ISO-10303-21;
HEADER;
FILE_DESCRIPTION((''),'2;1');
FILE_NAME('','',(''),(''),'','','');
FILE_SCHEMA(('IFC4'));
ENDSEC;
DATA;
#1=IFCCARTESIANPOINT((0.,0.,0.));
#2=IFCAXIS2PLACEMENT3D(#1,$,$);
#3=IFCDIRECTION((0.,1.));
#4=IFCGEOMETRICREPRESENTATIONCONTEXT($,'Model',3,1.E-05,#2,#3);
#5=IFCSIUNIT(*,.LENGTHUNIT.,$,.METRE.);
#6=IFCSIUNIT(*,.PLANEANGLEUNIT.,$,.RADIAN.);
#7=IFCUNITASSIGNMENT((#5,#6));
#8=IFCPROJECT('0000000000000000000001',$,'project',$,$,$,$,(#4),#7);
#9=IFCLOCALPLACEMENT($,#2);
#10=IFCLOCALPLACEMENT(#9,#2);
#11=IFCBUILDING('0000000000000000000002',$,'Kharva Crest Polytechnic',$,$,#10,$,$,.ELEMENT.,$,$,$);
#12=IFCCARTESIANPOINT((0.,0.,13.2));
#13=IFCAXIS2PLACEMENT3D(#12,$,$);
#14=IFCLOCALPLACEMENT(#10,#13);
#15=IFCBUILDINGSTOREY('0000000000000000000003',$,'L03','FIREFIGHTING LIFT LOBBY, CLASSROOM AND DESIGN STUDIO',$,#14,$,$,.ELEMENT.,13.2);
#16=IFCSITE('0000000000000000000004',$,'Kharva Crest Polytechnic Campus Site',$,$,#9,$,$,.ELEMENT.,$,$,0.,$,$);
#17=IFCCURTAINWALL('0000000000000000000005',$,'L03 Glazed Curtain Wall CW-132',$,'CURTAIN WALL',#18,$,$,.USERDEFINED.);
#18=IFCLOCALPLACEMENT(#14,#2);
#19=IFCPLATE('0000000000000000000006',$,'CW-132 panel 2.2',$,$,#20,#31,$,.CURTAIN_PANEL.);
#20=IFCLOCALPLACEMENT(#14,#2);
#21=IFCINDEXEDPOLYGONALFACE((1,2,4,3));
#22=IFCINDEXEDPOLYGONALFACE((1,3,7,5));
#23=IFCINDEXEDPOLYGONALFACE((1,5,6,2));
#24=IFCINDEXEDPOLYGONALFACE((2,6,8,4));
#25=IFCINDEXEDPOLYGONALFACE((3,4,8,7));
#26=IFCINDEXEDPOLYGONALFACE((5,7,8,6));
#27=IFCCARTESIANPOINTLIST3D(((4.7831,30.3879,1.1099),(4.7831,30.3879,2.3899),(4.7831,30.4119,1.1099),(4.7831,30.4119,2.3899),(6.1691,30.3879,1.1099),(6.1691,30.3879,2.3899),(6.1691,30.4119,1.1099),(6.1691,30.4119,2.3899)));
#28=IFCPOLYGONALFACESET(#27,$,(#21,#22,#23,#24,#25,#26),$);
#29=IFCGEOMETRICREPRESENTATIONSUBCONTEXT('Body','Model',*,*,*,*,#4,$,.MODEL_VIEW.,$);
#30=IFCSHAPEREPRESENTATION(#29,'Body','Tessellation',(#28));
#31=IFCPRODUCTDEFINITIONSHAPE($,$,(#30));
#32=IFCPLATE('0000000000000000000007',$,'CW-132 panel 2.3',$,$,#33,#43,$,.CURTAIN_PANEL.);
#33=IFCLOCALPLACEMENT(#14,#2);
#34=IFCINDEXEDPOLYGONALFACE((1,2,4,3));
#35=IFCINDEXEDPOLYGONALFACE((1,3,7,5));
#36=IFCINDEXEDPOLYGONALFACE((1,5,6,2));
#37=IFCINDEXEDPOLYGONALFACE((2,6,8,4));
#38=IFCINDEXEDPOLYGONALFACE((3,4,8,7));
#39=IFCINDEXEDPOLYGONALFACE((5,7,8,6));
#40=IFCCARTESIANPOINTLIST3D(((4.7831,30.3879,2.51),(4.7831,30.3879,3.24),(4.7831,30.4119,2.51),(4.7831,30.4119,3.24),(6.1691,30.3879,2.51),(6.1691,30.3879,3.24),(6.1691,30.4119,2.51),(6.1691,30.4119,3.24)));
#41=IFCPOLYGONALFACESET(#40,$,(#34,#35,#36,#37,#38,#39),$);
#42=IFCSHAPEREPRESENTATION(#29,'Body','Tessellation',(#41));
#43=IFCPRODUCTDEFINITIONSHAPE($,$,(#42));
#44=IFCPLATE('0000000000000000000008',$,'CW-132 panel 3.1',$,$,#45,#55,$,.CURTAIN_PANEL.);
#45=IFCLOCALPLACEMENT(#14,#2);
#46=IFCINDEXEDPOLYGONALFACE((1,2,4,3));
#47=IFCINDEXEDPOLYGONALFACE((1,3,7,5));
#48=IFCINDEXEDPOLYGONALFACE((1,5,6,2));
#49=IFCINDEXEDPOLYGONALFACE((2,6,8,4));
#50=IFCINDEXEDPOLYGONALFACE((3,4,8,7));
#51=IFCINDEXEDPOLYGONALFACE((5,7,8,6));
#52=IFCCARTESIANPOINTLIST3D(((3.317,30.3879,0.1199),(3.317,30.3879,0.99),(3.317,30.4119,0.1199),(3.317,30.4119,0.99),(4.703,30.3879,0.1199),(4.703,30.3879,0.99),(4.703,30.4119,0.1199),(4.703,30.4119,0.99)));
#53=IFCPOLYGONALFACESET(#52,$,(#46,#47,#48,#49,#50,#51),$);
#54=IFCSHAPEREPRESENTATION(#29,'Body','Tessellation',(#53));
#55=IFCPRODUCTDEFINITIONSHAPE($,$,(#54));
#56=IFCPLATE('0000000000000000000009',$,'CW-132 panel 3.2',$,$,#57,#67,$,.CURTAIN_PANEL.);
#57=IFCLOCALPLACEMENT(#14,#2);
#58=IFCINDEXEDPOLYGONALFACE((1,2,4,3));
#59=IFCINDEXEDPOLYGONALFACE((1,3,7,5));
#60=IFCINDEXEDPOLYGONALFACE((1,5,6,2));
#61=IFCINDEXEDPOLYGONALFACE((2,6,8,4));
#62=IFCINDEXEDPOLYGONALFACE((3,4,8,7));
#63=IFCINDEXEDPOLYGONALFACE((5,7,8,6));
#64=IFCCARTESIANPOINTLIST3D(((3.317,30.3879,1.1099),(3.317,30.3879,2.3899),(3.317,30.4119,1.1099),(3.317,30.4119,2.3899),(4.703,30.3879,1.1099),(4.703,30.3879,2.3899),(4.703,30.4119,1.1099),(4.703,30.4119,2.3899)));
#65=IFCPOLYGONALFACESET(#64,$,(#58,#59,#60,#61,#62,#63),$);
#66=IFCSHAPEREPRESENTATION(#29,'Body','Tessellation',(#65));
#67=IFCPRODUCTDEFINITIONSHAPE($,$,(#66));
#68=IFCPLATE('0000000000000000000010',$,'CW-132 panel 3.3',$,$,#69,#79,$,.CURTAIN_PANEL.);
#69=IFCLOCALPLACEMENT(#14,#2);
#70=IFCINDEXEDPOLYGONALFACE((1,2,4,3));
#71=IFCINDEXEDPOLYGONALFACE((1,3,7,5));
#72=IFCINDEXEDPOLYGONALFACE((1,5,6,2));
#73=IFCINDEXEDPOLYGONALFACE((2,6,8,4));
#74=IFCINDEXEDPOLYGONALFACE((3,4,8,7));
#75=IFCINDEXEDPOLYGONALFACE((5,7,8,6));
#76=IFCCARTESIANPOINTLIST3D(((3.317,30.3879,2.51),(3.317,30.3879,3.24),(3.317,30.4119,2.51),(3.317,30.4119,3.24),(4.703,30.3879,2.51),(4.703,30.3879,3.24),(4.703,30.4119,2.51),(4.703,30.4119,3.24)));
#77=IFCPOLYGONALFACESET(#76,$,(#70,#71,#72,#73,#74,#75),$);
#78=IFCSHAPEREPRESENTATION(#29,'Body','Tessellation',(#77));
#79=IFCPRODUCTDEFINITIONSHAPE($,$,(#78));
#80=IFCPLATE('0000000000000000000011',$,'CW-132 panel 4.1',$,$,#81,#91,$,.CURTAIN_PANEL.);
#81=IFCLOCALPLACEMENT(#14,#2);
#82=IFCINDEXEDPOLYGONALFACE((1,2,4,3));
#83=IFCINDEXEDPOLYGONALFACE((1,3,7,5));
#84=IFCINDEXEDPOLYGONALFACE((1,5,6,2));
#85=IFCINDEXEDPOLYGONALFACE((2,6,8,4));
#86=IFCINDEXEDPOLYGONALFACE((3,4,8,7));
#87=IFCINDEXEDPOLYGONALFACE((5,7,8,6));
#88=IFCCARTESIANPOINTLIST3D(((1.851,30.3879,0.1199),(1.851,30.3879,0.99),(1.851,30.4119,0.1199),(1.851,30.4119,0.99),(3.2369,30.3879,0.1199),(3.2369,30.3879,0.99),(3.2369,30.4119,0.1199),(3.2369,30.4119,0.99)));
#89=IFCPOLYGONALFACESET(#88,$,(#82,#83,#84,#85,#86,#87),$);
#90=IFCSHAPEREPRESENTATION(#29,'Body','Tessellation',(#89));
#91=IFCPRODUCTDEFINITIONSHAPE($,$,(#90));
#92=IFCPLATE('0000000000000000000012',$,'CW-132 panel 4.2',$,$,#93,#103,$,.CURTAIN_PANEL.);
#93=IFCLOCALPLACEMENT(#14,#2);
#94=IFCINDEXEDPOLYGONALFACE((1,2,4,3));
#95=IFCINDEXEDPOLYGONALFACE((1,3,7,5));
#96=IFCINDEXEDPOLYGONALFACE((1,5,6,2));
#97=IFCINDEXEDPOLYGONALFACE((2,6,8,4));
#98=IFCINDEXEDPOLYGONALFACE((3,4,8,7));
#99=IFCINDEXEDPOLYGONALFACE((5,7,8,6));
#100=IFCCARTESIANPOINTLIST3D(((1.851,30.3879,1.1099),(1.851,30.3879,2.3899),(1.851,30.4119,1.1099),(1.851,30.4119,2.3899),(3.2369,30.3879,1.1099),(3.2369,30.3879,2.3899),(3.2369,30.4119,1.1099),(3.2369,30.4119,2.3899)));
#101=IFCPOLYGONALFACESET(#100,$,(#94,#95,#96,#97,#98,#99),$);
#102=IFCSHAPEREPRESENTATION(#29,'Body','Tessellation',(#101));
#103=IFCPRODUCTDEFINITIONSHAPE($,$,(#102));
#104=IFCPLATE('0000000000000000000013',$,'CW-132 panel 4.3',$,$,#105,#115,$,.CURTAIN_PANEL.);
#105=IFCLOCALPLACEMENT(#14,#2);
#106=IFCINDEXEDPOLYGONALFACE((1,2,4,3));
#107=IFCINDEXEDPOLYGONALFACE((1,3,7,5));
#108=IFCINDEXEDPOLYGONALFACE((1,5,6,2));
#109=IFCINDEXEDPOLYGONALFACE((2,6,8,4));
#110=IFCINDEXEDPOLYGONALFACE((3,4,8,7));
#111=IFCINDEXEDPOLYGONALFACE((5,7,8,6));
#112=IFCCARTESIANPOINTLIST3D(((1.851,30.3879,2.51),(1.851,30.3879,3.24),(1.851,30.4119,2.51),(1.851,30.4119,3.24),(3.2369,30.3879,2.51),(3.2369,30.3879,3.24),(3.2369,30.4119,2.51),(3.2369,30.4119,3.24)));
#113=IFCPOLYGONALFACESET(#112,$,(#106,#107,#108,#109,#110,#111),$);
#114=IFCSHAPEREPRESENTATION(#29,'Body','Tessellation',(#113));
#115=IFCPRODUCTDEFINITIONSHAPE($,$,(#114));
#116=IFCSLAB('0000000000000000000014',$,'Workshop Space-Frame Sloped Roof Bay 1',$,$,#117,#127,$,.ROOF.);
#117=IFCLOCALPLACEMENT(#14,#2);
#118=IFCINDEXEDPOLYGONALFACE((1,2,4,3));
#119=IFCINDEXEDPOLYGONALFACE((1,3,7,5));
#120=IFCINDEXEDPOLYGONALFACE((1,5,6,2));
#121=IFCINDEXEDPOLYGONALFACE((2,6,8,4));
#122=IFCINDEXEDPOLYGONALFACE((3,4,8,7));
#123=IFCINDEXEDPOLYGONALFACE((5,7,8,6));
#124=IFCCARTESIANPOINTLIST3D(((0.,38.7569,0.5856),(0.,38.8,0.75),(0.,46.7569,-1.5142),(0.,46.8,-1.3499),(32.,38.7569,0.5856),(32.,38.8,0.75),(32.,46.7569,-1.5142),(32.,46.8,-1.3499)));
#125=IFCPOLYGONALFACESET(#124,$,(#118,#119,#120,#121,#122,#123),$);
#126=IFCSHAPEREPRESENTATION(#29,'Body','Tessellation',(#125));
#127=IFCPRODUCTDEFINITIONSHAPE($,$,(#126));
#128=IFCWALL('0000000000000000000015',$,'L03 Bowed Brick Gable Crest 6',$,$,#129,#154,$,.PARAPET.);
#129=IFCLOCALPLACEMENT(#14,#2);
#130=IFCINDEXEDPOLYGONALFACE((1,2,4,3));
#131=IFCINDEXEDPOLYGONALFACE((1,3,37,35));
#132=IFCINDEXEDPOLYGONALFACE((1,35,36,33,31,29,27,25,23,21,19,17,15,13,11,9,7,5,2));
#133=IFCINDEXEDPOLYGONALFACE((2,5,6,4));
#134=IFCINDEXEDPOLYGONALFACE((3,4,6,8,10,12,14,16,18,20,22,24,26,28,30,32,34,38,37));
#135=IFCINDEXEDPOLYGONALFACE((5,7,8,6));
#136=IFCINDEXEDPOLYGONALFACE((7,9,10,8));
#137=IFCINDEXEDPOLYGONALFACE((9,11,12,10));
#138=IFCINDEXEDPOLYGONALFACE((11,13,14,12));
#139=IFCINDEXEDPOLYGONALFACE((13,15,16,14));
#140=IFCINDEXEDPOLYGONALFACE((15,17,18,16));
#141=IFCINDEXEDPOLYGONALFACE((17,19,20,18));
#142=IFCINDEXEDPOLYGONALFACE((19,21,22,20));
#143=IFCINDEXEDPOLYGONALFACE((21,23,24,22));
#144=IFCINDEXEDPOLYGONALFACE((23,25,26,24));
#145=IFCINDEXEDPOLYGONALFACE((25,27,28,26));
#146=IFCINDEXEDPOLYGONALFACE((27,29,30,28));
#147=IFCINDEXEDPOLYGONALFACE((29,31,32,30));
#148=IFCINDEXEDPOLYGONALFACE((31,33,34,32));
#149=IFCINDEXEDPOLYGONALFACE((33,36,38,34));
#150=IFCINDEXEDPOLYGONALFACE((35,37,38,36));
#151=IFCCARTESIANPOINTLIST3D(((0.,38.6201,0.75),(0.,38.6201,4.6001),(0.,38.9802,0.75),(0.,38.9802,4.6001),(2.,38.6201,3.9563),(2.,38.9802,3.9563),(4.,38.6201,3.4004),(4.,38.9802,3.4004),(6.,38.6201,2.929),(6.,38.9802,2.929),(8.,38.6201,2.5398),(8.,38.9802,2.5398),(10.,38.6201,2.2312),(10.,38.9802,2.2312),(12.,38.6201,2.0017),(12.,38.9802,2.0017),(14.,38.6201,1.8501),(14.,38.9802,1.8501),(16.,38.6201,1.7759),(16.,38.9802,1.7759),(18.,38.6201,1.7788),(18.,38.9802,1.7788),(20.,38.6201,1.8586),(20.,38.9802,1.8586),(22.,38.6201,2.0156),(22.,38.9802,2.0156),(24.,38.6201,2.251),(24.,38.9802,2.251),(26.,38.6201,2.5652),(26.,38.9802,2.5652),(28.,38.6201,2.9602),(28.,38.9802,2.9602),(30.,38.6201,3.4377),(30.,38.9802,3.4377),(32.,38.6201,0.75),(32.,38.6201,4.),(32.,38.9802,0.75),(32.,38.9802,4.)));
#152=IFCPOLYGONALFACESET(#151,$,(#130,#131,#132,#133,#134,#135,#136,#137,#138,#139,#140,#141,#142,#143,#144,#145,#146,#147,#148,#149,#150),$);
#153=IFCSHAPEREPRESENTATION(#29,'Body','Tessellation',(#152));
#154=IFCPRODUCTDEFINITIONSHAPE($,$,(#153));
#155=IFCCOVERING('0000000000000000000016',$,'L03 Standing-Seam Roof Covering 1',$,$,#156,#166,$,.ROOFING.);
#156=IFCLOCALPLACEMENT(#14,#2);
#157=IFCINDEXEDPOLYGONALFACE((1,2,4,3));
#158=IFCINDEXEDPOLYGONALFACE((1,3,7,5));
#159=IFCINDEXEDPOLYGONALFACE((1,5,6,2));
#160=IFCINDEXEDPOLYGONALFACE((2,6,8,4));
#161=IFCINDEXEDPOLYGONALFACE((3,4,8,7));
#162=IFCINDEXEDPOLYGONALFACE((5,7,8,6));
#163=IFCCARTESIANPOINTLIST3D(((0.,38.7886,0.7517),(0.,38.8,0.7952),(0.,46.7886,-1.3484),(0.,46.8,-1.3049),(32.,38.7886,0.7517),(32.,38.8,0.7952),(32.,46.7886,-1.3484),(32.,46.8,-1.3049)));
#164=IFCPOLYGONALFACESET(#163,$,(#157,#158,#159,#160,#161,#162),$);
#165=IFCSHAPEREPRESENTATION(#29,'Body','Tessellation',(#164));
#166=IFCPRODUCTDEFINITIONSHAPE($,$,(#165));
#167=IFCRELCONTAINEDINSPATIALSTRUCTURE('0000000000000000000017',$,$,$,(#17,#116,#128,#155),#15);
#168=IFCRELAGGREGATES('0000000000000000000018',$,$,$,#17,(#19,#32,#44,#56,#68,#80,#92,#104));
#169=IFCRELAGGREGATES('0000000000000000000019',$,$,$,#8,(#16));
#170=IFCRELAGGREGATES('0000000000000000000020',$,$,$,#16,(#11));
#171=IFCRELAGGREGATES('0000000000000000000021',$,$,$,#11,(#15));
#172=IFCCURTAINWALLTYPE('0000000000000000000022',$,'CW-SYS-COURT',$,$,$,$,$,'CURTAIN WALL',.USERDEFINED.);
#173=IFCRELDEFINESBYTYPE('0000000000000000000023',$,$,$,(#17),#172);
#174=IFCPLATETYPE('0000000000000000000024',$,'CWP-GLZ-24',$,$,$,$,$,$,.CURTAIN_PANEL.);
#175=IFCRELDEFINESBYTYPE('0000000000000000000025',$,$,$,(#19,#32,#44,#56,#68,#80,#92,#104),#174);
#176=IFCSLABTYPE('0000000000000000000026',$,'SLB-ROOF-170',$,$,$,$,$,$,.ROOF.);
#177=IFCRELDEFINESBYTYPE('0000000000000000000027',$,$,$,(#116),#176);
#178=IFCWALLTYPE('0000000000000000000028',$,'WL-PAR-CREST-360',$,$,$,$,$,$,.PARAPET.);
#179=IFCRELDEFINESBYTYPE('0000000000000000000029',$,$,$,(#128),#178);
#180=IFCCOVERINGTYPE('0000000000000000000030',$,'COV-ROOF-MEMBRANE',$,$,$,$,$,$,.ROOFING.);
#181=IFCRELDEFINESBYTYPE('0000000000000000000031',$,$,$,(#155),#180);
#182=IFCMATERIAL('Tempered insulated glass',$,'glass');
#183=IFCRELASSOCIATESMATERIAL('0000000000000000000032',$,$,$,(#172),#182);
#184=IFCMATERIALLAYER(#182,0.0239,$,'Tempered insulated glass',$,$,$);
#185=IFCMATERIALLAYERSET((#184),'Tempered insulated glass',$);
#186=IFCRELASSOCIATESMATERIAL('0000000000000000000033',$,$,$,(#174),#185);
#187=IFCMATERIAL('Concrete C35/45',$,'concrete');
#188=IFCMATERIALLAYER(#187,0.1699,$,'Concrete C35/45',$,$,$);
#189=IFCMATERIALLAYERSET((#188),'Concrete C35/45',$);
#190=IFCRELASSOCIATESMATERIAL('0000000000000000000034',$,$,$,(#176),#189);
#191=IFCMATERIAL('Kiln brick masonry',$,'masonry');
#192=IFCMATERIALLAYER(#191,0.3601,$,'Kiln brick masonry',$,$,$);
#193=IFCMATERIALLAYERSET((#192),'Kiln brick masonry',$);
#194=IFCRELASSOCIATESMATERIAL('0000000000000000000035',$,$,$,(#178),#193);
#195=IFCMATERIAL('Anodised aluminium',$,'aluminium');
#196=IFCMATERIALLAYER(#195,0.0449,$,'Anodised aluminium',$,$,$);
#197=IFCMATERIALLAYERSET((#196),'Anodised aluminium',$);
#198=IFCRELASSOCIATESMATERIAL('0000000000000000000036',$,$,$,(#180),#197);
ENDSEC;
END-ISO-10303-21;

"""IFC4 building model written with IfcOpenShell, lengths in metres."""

from ifc_helpers import new_model, si_unit, direction, frame, origin, origin_2d, place, context, subcontext, project, spatial, polyline, rectangle, outline, extrude, material, layer, layer_set, type_object, element, aggregate, save


model = new_model("IFC4")

# Units and contexts
model_context = context("Model", 3, precision=1e-05, world=origin(), true_north=direction((0.0, 1.0)))
body_context = subcontext(model_context, "Body", "Model", "MODEL_VIEW")
ifc_project = project(units=[si_unit("LENGTHUNIT", "METRE"), si_unit("PLANEANGLEUNIT", "RADIAN")], contexts=[model_context])

# Site, building, storey
site_placement = place(None, origin())
site = spatial("IfcSite", under=ifc_project, at=site_placement, Name="Kharva Crest Polytechnic Campus Site", CompositionType="ELEMENT", RefElevation=0.0)
building_placement = place(site_placement, origin())
building = spatial("IfcBuilding", under=site, at=building_placement, Name="Kharva Crest Polytechnic", CompositionType="ELEMENT")
storey_placement = place(building_placement, frame((0.0, 0.0, 13.2)))
storey = spatial("IfcBuildingStorey", under=building, at=storey_placement, Name="L03", Description="FIREFIGHTING LIFT LOBBY, CLASSROOM AND DESIGN STUDIO", CompositionType="ELEMENT", Elevation=13.2)

# Curtain wall, plates
ifc_material_1 = material(Name="Tempered insulated glass", Category="glass")
curtain_wall_type = type_object("IfcCurtainWallType", Name="CW-SYS-COURT", ElementType="CURTAIN WALL", PredefinedType="USERDEFINED", material=ifc_material_1)
curtain_wall_placement = place(storey_placement, origin())
curtain_wall = element("IfcCurtainWall", 1, at=curtain_wall_placement, inside=storey, type_object=curtain_wall_type, Name="L03 Glazed Curtain Wall CW-132", ObjectType="CURTAIN WALL", PredefinedType="USERDEFINED")
ifc_layer_1 = layer(ifc_material_1, 0.0239, Name="Tempered insulated glass")
ifc_layer_set_1 = layer_set([ifc_layer_1], Name="Tempered insulated glass")
plate_type = type_object("IfcPlateType", Name="CWP-GLZ-24", PredefinedType="CURTAIN_PANEL", material=ifc_layer_set_1)
plate_1_placement = place(storey_placement, frame((5.4761, 30.3999, 1.1099), z_axis=(0.0, 0.0, 1.0), x_axis=(-1.0, 0.0, 0.0)))
plate_1 = element("IfcPlate", 2, at=plate_1_placement, type_object=plate_type, Name="CW-132 panel 2.2", PredefinedType="CURTAIN_PANEL", context=body_context, shape_type="SweptSolid", body=[
    extrude(rectangle(XDim=1.386, YDim=0.0239, at=origin_2d()), origin(), (0.0, 0.0, 1.0), 1.28),
])
plate_2_placement = place(storey_placement, frame((5.4761, 30.3999, 2.51), z_axis=(0.0, 0.0, 1.0), x_axis=(-1.0, 0.0, 0.0)))
plate_2 = element("IfcPlate", 3, at=plate_2_placement, type_object=plate_type, Name="CW-132 panel 2.3", PredefinedType="CURTAIN_PANEL", context=body_context, shape_type="SweptSolid", body=[
    extrude(rectangle(XDim=1.386, YDim=0.0239, at=origin_2d()), origin(), (0.0, 0.0, 1.0), 0.73),
])
plate_3_placement = place(storey_placement, frame((4.01, 30.3999, 0.1199), z_axis=(0.0, 0.0, 1.0), x_axis=(-1.0, 0.0, 0.0)))
plate_3 = element("IfcPlate", 4, at=plate_3_placement, type_object=plate_type, Name="CW-132 panel 3.1", PredefinedType="CURTAIN_PANEL", context=body_context, shape_type="SweptSolid", body=[
    extrude(rectangle(XDim=1.386, YDim=0.0239, at=origin_2d()), origin(), (0.0, 0.0, 1.0), 0.8701),
])
plate_4_placement = place(storey_placement, frame((4.01, 30.3999, 1.1099), z_axis=(0.0, 0.0, 1.0), x_axis=(-1.0, 0.0, 0.0)))
plate_4 = element("IfcPlate", 5, at=plate_4_placement, type_object=plate_type, Name="CW-132 panel 3.2", PredefinedType="CURTAIN_PANEL", context=body_context, shape_type="SweptSolid", body=[
    extrude(rectangle(XDim=1.386, YDim=0.0239, at=origin_2d()), origin(), (0.0, 0.0, 1.0), 1.28),
])
plate_5_placement = place(storey_placement, frame((4.01, 30.3999, 2.51), z_axis=(0.0, 0.0, 1.0), x_axis=(-1.0, 0.0, 0.0)))
plate_5 = element("IfcPlate", 6, at=plate_5_placement, type_object=plate_type, Name="CW-132 panel 3.3", PredefinedType="CURTAIN_PANEL", context=body_context, shape_type="SweptSolid", body=[
    extrude(rectangle(XDim=1.386, YDim=0.0239, at=origin_2d()), origin(), (0.0, 0.0, 1.0), 0.73),
])
plate_6_placement = place(storey_placement, frame((2.5439, 30.3999, 0.1199), z_axis=(0.0, 0.0, 1.0), x_axis=(-1.0, 0.0, 0.0)))
plate_6 = element("IfcPlate", 7, at=plate_6_placement, type_object=plate_type, Name="CW-132 panel 4.1", PredefinedType="CURTAIN_PANEL", context=body_context, shape_type="SweptSolid", body=[
    extrude(rectangle(XDim=1.386, YDim=0.0239, at=origin_2d()), origin(), (0.0, 0.0, 1.0), 0.8701),
])
plate_7_placement = place(storey_placement, frame((2.5439, 30.3999, 1.1099), z_axis=(0.0, 0.0, 1.0), x_axis=(-1.0, 0.0, 0.0)))
plate_7 = element("IfcPlate", 8, at=plate_7_placement, type_object=plate_type, Name="CW-132 panel 4.2", PredefinedType="CURTAIN_PANEL", context=body_context, shape_type="SweptSolid", body=[
    extrude(rectangle(XDim=1.386, YDim=0.0239, at=origin_2d()), origin(), (0.0, 0.0, 1.0), 1.28),
])
plate_8_placement = place(storey_placement, frame((2.5439, 30.3999, 2.51), z_axis=(0.0, 0.0, 1.0), x_axis=(-1.0, 0.0, 0.0)))
plate_8 = element("IfcPlate", 9, at=plate_8_placement, type_object=plate_type, Name="CW-132 panel 4.3", PredefinedType="CURTAIN_PANEL", context=body_context, shape_type="SweptSolid", body=[
    extrude(rectangle(XDim=1.386, YDim=0.0239, at=origin_2d()), origin(), (0.0, 0.0, 1.0), 0.73),
])
aggregate(curtain_wall, [plate_1, plate_2, plate_3, plate_4, plate_5, plate_6, plate_7, plate_8])

# Slab
ifc_material_2 = material(Name="Concrete C35/45", Category="concrete")
ifc_layer_2 = layer(ifc_material_2, 0.1699, Name="Concrete C35/45")
ifc_layer_set_2 = layer_set([ifc_layer_2], Name="Concrete C35/45")
slab_type = type_object("IfcSlabType", Name="SLB-ROOF-170", PredefinedType="ROOF", material=ifc_layer_set_2)
slab_placement = place(storey_placement, frame((0.0, 38.8, 0.75), z_axis=(0.0, 0.253882, 0.967235), x_axis=(1.0, 0.0, 0.0)))
element("IfcSlab", 10, at=slab_placement, inside=storey, type_object=slab_type, Name="Workshop Space-Frame Sloped Roof Bay 1", PredefinedType="ROOF", context=body_context, shape_type="SweptSolid", body=[
    extrude(outline(polyline([(0.0, 0.0), (32.0, 0.0), (32.0, 8.271), (0.0, 8.271), (0.0, 0.0)])), origin(), (0.0, 0.0, -1.0), 0.1699),
])

# Wall
ifc_material_3 = material(Name="Kiln brick masonry", Category="masonry")
ifc_layer_3 = layer(ifc_material_3, 0.3601, Name="Kiln brick masonry")
ifc_layer_set_3 = layer_set([ifc_layer_3], Name="Kiln brick masonry")
wall_type = type_object("IfcWallType", Name="WL-PAR-CREST-360", PredefinedType="PARAPET", material=ifc_layer_set_3)
wall_placement = place(storey_placement, frame((0.0, 38.8, 0.75), z_axis=(0.0, 0.0, 1.0), x_axis=(1.0, 0.0, 0.0)))
element("IfcWall", 11, at=wall_placement, inside=storey, type_object=wall_type, Name="L03 Bowed Brick Gable Crest 6", PredefinedType="PARAPET", context=body_context, shape_type="SweptSolid", body=[
    extrude(outline(polyline([(0.0, 0.0), (32.0, 0.0), (32.0, 3.25), (30.0, 2.6877), (28.0, 2.2102), (26.0, 1.8152), (24.0, 1.501), (22.0, 1.2656), (20.0, 1.1086), (18.0, 1.0288), (16.0, 1.0259), (14.0, 1.1001), (12.0, 1.2517), (10.0, 1.4812), (8.0, 1.7898), (6.0, 2.179), (4.0, 2.6504), (2.0, 3.2063), (0.0, 3.8501), (0.0, 0.0)])), frame((0.0, 0.1802, 0.0), z_axis=(0.0, -1.0, 0.0), x_axis=(1.0, 0.0, 0.0)), (0.0, 0.0, 1.0), 0.3601),
])

# Covering
ifc_material_4 = material(Name="Anodised aluminium", Category="aluminium")
ifc_layer_4 = layer(ifc_material_4, 0.0449, Name="Anodised aluminium")
ifc_layer_set_4 = layer_set([ifc_layer_4], Name="Anodised aluminium")
covering_type = type_object("IfcCoveringType", Name="COV-ROOF-MEMBRANE", PredefinedType="ROOFING", material=ifc_layer_set_4)
covering_placement = place(storey_placement, frame((0.0, 38.8, 0.7952), z_axis=(0.0, 0.253909, 0.967228), x_axis=(1.0, 0.0, 0.0)))
element("IfcCovering", 12, at=covering_placement, inside=storey, type_object=covering_type, Name="L03 Standing-Seam Roof Covering 1", PredefinedType="ROOFING", context=body_context, shape_type="SweptSolid", body=[
    extrude(outline(polyline([(0.0, 0.0), (32.0, 0.0), (32.0, 8.2711), (0.0, 8.2711), (0.0, 0.0)])), origin(), (0.0, 0.0, -1.0), 0.0449),
])

save(model, "model.ifc")
